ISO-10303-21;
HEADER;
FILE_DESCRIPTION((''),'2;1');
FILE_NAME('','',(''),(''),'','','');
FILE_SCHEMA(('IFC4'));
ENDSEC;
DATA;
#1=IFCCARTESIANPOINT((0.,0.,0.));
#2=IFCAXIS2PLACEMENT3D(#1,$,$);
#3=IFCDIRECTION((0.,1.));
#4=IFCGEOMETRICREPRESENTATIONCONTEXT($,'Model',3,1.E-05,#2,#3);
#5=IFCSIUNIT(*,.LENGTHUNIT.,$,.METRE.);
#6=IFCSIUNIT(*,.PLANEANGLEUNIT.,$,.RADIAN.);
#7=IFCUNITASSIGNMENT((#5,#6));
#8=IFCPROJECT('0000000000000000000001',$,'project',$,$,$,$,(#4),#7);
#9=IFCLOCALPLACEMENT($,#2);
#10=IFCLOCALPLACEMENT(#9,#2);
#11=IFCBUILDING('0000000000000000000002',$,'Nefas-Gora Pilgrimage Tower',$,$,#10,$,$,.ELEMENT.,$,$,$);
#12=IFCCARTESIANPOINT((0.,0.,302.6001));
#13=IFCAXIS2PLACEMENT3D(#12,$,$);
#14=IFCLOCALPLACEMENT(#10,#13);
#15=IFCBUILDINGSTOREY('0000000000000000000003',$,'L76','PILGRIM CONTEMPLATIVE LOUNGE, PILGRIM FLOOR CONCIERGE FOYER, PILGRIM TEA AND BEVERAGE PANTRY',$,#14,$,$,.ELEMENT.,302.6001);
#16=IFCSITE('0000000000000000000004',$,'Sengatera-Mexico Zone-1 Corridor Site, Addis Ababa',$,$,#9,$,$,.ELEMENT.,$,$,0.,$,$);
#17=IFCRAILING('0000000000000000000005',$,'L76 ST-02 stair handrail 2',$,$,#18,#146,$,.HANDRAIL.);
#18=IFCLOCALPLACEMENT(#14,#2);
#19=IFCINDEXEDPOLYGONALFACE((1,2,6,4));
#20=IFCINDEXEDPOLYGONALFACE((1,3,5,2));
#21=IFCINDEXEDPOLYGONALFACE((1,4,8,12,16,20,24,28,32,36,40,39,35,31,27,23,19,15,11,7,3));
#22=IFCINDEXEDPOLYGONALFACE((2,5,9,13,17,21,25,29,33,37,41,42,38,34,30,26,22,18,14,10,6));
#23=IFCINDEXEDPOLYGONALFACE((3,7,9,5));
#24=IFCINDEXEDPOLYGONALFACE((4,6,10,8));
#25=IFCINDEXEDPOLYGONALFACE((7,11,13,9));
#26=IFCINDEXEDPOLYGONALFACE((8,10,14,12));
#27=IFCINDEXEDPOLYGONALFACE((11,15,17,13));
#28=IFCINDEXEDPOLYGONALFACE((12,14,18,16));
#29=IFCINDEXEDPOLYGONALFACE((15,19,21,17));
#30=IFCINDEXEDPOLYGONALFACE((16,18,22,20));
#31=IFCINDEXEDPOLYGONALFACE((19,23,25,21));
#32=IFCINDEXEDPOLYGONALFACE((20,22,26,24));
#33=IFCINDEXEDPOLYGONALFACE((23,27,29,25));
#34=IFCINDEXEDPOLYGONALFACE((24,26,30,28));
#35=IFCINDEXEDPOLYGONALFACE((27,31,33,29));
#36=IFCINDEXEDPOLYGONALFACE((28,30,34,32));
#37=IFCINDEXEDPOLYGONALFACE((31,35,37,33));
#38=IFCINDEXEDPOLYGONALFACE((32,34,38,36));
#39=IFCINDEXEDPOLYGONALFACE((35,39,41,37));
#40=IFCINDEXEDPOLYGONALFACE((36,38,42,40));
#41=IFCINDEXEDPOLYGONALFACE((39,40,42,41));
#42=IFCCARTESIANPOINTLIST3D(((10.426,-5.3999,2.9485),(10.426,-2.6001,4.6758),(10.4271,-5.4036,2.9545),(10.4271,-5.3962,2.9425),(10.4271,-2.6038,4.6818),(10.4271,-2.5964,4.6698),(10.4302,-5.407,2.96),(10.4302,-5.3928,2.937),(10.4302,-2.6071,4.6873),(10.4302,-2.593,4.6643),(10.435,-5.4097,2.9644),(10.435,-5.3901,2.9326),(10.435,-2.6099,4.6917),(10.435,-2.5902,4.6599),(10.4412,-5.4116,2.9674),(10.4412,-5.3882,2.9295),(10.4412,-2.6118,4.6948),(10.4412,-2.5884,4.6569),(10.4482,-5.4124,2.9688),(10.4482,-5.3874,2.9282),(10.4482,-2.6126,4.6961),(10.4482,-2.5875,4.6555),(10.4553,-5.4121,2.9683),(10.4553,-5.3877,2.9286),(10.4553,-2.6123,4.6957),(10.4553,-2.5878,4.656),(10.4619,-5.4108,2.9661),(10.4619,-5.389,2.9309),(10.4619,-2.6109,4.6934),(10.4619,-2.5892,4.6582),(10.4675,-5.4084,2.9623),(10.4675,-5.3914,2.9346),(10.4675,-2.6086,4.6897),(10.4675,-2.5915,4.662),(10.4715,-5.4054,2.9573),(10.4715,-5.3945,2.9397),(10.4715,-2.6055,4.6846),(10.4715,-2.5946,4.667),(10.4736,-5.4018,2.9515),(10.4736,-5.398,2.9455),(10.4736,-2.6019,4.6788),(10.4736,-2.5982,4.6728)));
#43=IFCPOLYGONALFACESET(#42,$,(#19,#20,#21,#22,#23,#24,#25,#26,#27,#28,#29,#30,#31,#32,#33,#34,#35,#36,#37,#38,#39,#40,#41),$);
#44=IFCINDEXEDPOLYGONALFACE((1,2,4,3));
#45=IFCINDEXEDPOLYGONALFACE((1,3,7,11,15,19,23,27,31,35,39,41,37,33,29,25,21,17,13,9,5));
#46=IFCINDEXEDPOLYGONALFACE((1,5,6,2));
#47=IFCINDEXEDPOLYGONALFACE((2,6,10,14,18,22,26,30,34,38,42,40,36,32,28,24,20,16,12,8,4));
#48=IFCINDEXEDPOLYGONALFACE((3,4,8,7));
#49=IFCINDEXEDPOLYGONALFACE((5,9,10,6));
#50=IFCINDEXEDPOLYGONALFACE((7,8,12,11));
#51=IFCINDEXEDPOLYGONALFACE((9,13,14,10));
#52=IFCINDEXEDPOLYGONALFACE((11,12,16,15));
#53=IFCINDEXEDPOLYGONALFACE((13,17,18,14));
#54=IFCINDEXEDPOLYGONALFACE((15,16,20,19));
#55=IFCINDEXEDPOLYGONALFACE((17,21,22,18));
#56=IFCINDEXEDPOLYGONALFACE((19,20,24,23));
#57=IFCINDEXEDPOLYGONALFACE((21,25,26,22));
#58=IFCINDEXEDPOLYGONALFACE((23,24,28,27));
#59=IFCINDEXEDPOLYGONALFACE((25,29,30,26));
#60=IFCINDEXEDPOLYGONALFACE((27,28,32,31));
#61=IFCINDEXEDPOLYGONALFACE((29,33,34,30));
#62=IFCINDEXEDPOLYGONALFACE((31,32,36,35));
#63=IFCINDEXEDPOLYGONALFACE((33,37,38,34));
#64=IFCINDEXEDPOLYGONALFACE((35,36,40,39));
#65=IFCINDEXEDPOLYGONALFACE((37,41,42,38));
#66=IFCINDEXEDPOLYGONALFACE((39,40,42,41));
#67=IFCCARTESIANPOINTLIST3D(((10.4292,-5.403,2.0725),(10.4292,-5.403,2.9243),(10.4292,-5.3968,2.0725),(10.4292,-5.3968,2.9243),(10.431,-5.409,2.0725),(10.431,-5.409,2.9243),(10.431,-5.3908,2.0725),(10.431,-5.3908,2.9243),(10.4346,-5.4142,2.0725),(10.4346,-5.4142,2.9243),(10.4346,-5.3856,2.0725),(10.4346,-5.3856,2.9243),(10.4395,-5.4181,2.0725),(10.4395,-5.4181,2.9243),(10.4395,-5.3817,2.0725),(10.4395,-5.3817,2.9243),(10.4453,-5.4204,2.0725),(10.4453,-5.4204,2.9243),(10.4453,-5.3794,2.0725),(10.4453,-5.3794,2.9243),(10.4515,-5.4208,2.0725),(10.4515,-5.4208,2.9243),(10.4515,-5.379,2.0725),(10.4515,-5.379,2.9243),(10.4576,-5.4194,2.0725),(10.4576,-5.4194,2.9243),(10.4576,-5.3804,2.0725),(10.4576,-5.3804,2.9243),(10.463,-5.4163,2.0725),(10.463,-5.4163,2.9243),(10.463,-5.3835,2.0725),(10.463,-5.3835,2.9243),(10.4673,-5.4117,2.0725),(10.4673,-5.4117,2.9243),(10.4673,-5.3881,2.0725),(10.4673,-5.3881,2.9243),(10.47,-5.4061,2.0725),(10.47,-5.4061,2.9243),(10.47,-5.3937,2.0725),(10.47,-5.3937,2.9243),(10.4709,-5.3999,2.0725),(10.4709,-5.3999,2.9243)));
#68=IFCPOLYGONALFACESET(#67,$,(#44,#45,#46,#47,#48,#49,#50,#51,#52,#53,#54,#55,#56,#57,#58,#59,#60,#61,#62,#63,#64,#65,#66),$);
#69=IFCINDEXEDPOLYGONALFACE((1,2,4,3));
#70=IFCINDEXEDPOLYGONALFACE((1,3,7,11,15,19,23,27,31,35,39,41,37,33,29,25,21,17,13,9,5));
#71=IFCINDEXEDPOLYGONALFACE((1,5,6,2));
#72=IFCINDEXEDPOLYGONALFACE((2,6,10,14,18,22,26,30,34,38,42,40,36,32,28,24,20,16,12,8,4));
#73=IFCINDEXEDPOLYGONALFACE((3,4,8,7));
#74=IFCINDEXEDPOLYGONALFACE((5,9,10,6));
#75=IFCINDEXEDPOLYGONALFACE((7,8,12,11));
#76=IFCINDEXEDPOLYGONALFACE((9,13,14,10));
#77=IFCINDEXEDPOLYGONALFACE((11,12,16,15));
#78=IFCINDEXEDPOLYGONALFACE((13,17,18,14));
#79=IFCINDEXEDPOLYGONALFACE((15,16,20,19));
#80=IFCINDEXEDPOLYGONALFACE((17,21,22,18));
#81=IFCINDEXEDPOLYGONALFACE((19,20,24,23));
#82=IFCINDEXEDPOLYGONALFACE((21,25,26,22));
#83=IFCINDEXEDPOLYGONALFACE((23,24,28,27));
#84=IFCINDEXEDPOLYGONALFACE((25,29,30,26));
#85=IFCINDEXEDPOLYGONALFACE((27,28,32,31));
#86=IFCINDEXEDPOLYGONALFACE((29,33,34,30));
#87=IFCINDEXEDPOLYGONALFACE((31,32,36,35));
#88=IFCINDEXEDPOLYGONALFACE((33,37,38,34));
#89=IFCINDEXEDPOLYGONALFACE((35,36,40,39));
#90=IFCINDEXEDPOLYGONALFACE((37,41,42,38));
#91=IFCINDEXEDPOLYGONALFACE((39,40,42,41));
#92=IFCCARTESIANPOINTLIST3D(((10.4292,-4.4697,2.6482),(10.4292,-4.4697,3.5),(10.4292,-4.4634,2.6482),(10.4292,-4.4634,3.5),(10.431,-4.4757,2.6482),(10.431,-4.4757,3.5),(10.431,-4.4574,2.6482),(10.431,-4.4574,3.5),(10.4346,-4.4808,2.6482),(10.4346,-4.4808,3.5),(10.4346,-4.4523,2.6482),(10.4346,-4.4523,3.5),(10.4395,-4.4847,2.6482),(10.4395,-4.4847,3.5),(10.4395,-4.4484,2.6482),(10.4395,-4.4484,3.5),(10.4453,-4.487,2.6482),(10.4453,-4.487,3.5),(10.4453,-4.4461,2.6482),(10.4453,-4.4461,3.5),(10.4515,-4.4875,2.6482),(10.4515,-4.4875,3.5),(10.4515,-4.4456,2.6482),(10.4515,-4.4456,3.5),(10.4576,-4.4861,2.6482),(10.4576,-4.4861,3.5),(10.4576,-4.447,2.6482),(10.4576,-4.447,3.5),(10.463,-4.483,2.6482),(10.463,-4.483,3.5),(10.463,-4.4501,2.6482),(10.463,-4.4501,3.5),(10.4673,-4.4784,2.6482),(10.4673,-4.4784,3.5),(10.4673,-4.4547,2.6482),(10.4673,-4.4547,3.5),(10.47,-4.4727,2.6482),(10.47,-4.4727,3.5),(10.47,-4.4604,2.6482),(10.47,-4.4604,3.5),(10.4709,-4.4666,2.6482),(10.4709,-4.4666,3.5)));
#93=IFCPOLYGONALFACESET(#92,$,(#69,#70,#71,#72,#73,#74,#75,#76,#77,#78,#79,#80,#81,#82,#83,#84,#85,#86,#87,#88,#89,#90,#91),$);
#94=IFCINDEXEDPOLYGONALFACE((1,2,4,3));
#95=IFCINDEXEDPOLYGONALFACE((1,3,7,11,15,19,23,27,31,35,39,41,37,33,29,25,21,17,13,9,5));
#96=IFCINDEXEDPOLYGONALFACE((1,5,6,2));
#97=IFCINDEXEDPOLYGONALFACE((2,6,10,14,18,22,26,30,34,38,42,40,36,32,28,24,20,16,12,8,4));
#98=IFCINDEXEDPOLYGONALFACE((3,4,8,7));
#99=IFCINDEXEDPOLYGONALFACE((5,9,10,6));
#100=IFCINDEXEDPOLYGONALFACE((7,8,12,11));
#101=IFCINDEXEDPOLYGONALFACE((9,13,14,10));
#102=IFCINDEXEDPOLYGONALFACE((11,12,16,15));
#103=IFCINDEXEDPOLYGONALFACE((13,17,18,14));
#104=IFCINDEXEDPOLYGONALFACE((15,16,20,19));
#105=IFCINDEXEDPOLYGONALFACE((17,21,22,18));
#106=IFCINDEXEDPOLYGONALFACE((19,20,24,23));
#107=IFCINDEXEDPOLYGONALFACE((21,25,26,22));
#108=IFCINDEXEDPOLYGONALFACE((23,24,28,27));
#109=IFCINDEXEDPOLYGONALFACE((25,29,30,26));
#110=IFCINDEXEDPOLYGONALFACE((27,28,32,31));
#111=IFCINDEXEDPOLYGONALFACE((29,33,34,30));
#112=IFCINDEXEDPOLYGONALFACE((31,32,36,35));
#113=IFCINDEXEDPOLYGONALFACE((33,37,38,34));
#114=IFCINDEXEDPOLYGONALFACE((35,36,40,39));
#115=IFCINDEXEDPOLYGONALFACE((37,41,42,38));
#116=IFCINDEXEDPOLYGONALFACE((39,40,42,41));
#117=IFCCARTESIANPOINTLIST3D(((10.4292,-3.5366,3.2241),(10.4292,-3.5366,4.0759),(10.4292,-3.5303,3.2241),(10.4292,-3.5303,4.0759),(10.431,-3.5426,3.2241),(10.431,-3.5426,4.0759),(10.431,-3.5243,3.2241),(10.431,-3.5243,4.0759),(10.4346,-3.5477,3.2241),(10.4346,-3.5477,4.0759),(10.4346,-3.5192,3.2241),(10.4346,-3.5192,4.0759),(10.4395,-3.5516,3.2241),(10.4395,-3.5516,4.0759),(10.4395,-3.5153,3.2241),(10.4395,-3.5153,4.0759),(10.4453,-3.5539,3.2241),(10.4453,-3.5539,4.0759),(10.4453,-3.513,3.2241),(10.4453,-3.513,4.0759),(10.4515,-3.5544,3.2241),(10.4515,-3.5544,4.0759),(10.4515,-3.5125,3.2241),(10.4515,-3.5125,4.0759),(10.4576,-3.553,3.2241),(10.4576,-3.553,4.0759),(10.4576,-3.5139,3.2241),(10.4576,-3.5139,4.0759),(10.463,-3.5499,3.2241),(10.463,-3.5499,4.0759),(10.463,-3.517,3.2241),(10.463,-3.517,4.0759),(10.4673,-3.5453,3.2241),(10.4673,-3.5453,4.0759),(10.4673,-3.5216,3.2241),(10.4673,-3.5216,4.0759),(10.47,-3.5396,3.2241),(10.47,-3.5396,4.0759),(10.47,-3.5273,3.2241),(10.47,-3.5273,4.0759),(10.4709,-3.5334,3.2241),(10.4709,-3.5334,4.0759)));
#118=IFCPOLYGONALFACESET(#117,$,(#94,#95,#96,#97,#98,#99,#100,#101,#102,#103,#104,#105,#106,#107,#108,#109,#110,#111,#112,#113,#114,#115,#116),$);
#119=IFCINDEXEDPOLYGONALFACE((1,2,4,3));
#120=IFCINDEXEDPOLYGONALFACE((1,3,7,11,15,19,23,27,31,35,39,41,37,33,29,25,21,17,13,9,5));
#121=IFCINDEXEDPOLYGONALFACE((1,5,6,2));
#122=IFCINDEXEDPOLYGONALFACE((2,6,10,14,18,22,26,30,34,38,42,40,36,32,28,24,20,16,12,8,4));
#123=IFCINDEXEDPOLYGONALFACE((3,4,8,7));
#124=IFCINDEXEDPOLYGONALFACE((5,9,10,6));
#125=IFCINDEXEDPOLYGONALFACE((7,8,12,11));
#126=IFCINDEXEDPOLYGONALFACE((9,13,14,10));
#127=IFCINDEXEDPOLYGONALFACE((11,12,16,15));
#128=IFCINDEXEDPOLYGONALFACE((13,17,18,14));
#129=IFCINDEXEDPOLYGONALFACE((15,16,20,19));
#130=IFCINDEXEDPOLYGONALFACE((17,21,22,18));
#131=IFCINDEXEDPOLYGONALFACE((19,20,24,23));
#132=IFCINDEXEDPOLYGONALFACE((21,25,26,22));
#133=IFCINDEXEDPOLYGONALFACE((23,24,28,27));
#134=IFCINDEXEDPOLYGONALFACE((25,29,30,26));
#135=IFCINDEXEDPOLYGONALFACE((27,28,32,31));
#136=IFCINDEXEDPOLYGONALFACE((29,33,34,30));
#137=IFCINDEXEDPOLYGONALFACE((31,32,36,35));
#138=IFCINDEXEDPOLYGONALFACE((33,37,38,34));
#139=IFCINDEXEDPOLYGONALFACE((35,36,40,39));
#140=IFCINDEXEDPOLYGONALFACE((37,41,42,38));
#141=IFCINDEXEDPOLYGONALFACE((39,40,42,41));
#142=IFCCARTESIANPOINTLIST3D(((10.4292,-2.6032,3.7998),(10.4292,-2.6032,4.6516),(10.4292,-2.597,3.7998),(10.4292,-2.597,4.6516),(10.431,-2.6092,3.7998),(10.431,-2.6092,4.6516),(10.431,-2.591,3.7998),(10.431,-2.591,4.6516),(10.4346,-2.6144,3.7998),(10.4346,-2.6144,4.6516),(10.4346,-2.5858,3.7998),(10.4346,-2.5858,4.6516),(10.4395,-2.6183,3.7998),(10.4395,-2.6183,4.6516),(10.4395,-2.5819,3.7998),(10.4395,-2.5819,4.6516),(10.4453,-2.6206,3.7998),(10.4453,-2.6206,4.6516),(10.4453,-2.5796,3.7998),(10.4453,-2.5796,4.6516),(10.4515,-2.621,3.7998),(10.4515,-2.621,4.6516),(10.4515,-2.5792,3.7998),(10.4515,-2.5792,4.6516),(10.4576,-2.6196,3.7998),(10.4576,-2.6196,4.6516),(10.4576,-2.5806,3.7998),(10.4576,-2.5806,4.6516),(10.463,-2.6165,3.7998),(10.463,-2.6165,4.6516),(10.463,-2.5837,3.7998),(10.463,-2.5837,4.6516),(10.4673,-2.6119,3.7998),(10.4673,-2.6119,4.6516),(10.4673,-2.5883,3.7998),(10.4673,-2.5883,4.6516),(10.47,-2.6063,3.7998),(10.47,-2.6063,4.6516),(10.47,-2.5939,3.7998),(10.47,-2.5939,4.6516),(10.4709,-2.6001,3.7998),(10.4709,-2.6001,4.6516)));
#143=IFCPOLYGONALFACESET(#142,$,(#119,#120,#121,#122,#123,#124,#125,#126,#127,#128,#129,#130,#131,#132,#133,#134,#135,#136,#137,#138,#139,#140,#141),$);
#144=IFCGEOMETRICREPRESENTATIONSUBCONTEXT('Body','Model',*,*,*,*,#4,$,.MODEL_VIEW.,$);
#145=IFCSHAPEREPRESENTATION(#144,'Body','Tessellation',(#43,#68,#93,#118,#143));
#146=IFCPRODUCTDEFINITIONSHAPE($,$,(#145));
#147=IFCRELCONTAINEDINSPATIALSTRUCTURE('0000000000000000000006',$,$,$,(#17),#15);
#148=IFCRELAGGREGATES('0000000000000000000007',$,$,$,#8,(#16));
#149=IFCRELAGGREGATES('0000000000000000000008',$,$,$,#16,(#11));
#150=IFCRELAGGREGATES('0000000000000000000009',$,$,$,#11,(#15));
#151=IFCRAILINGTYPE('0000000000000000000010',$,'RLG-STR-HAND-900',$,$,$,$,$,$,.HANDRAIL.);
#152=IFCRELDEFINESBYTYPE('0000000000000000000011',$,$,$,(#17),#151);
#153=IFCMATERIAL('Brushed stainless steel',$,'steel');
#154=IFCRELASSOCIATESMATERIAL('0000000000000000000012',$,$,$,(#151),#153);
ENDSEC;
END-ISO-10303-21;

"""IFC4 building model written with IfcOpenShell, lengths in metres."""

from ifc_helpers import new_model, si_unit, direction, frame, origin, origin_2d, place, context, subcontext, project, spatial, circle, extrude, material, type_object, element, save


model = new_model("IFC4")

# Units and contexts
model_context = context("Model", 3, precision=1e-05, world=origin(), true_north=direction((0.0, 1.0)))
body_context = subcontext(model_context, "Body", "Model", "MODEL_VIEW")
ifc_project = project(units=[si_unit("LENGTHUNIT", "METRE"), si_unit("PLANEANGLEUNIT", "RADIAN")], contexts=[model_context])

# Site, building, storey
site_placement = place(None, origin())
site = spatial("IfcSite", under=ifc_project, at=site_placement, Name="Sengatera-Mexico Zone-1 Corridor Site, Addis Ababa", CompositionType="ELEMENT", RefElevation=0.0)
building_placement = place(site_placement, origin())
building = spatial("IfcBuilding", under=site, at=building_placement, Name="Nefas-Gora Pilgrimage Tower", CompositionType="ELEMENT")
storey_placement = place(building_placement, frame((0.0, 0.0, 302.6001)))
storey = spatial("IfcBuildingStorey", under=building, at=storey_placement, Name="L76", Description="PILGRIM CONTEMPLATIVE LOUNGE, PILGRIM FLOOR CONCIERGE FOYER, PILGRIM TEA AND BEVERAGE PANTRY", CompositionType="ELEMENT", Elevation=302.6001)

# Railing
ifc_material_1 = material(Name="Brushed stainless steel", Category="steel")
railing_type_1 = type_object("IfcRailingType", Name="RLG-STR-HAND-900", PredefinedType="HANDRAIL", material=ifc_material_1)
railing_1_placement = place(storey_placement, frame((10.45, -5.3999, 2.0725)))
element("IfcRailing", 1, at=railing_1_placement, inside=storey, type_object=railing_type_1, Name="L76 ST-02 stair handrail 2", PredefinedType="HANDRAIL", context=body_context, shape_type="SweptSolid", body=[
    extrude(circle(Radius=0.0239, at=origin_2d()), frame((0.0, 0.0, 0.876), z_axis=(0.0, 0.851069, 0.525054), x_axis=(-1.0, 0.0, 0.0)), (0.0, 0.0, 1.0), 3.2898),
    extrude(circle(Radius=0.021, at=origin_2d()), origin(), (0.0, 0.0, 1.0), 0.8518),
    extrude(circle(Radius=0.021, at=origin_2d()), frame((0.0, 0.9333, 0.5757)), (0.0, 0.0, 1.0), 0.8518),
    extrude(circle(Radius=0.021, at=origin_2d()), frame((0.0, 1.8665, 1.1516)), (0.0, 0.0, 1.0), 0.8518),
    extrude(circle(Radius=0.021, at=origin_2d()), frame((0.0, 2.7998, 1.7273)), (0.0, 0.0, 1.0), 0.8518),
])

save(model, "model.ifc")
